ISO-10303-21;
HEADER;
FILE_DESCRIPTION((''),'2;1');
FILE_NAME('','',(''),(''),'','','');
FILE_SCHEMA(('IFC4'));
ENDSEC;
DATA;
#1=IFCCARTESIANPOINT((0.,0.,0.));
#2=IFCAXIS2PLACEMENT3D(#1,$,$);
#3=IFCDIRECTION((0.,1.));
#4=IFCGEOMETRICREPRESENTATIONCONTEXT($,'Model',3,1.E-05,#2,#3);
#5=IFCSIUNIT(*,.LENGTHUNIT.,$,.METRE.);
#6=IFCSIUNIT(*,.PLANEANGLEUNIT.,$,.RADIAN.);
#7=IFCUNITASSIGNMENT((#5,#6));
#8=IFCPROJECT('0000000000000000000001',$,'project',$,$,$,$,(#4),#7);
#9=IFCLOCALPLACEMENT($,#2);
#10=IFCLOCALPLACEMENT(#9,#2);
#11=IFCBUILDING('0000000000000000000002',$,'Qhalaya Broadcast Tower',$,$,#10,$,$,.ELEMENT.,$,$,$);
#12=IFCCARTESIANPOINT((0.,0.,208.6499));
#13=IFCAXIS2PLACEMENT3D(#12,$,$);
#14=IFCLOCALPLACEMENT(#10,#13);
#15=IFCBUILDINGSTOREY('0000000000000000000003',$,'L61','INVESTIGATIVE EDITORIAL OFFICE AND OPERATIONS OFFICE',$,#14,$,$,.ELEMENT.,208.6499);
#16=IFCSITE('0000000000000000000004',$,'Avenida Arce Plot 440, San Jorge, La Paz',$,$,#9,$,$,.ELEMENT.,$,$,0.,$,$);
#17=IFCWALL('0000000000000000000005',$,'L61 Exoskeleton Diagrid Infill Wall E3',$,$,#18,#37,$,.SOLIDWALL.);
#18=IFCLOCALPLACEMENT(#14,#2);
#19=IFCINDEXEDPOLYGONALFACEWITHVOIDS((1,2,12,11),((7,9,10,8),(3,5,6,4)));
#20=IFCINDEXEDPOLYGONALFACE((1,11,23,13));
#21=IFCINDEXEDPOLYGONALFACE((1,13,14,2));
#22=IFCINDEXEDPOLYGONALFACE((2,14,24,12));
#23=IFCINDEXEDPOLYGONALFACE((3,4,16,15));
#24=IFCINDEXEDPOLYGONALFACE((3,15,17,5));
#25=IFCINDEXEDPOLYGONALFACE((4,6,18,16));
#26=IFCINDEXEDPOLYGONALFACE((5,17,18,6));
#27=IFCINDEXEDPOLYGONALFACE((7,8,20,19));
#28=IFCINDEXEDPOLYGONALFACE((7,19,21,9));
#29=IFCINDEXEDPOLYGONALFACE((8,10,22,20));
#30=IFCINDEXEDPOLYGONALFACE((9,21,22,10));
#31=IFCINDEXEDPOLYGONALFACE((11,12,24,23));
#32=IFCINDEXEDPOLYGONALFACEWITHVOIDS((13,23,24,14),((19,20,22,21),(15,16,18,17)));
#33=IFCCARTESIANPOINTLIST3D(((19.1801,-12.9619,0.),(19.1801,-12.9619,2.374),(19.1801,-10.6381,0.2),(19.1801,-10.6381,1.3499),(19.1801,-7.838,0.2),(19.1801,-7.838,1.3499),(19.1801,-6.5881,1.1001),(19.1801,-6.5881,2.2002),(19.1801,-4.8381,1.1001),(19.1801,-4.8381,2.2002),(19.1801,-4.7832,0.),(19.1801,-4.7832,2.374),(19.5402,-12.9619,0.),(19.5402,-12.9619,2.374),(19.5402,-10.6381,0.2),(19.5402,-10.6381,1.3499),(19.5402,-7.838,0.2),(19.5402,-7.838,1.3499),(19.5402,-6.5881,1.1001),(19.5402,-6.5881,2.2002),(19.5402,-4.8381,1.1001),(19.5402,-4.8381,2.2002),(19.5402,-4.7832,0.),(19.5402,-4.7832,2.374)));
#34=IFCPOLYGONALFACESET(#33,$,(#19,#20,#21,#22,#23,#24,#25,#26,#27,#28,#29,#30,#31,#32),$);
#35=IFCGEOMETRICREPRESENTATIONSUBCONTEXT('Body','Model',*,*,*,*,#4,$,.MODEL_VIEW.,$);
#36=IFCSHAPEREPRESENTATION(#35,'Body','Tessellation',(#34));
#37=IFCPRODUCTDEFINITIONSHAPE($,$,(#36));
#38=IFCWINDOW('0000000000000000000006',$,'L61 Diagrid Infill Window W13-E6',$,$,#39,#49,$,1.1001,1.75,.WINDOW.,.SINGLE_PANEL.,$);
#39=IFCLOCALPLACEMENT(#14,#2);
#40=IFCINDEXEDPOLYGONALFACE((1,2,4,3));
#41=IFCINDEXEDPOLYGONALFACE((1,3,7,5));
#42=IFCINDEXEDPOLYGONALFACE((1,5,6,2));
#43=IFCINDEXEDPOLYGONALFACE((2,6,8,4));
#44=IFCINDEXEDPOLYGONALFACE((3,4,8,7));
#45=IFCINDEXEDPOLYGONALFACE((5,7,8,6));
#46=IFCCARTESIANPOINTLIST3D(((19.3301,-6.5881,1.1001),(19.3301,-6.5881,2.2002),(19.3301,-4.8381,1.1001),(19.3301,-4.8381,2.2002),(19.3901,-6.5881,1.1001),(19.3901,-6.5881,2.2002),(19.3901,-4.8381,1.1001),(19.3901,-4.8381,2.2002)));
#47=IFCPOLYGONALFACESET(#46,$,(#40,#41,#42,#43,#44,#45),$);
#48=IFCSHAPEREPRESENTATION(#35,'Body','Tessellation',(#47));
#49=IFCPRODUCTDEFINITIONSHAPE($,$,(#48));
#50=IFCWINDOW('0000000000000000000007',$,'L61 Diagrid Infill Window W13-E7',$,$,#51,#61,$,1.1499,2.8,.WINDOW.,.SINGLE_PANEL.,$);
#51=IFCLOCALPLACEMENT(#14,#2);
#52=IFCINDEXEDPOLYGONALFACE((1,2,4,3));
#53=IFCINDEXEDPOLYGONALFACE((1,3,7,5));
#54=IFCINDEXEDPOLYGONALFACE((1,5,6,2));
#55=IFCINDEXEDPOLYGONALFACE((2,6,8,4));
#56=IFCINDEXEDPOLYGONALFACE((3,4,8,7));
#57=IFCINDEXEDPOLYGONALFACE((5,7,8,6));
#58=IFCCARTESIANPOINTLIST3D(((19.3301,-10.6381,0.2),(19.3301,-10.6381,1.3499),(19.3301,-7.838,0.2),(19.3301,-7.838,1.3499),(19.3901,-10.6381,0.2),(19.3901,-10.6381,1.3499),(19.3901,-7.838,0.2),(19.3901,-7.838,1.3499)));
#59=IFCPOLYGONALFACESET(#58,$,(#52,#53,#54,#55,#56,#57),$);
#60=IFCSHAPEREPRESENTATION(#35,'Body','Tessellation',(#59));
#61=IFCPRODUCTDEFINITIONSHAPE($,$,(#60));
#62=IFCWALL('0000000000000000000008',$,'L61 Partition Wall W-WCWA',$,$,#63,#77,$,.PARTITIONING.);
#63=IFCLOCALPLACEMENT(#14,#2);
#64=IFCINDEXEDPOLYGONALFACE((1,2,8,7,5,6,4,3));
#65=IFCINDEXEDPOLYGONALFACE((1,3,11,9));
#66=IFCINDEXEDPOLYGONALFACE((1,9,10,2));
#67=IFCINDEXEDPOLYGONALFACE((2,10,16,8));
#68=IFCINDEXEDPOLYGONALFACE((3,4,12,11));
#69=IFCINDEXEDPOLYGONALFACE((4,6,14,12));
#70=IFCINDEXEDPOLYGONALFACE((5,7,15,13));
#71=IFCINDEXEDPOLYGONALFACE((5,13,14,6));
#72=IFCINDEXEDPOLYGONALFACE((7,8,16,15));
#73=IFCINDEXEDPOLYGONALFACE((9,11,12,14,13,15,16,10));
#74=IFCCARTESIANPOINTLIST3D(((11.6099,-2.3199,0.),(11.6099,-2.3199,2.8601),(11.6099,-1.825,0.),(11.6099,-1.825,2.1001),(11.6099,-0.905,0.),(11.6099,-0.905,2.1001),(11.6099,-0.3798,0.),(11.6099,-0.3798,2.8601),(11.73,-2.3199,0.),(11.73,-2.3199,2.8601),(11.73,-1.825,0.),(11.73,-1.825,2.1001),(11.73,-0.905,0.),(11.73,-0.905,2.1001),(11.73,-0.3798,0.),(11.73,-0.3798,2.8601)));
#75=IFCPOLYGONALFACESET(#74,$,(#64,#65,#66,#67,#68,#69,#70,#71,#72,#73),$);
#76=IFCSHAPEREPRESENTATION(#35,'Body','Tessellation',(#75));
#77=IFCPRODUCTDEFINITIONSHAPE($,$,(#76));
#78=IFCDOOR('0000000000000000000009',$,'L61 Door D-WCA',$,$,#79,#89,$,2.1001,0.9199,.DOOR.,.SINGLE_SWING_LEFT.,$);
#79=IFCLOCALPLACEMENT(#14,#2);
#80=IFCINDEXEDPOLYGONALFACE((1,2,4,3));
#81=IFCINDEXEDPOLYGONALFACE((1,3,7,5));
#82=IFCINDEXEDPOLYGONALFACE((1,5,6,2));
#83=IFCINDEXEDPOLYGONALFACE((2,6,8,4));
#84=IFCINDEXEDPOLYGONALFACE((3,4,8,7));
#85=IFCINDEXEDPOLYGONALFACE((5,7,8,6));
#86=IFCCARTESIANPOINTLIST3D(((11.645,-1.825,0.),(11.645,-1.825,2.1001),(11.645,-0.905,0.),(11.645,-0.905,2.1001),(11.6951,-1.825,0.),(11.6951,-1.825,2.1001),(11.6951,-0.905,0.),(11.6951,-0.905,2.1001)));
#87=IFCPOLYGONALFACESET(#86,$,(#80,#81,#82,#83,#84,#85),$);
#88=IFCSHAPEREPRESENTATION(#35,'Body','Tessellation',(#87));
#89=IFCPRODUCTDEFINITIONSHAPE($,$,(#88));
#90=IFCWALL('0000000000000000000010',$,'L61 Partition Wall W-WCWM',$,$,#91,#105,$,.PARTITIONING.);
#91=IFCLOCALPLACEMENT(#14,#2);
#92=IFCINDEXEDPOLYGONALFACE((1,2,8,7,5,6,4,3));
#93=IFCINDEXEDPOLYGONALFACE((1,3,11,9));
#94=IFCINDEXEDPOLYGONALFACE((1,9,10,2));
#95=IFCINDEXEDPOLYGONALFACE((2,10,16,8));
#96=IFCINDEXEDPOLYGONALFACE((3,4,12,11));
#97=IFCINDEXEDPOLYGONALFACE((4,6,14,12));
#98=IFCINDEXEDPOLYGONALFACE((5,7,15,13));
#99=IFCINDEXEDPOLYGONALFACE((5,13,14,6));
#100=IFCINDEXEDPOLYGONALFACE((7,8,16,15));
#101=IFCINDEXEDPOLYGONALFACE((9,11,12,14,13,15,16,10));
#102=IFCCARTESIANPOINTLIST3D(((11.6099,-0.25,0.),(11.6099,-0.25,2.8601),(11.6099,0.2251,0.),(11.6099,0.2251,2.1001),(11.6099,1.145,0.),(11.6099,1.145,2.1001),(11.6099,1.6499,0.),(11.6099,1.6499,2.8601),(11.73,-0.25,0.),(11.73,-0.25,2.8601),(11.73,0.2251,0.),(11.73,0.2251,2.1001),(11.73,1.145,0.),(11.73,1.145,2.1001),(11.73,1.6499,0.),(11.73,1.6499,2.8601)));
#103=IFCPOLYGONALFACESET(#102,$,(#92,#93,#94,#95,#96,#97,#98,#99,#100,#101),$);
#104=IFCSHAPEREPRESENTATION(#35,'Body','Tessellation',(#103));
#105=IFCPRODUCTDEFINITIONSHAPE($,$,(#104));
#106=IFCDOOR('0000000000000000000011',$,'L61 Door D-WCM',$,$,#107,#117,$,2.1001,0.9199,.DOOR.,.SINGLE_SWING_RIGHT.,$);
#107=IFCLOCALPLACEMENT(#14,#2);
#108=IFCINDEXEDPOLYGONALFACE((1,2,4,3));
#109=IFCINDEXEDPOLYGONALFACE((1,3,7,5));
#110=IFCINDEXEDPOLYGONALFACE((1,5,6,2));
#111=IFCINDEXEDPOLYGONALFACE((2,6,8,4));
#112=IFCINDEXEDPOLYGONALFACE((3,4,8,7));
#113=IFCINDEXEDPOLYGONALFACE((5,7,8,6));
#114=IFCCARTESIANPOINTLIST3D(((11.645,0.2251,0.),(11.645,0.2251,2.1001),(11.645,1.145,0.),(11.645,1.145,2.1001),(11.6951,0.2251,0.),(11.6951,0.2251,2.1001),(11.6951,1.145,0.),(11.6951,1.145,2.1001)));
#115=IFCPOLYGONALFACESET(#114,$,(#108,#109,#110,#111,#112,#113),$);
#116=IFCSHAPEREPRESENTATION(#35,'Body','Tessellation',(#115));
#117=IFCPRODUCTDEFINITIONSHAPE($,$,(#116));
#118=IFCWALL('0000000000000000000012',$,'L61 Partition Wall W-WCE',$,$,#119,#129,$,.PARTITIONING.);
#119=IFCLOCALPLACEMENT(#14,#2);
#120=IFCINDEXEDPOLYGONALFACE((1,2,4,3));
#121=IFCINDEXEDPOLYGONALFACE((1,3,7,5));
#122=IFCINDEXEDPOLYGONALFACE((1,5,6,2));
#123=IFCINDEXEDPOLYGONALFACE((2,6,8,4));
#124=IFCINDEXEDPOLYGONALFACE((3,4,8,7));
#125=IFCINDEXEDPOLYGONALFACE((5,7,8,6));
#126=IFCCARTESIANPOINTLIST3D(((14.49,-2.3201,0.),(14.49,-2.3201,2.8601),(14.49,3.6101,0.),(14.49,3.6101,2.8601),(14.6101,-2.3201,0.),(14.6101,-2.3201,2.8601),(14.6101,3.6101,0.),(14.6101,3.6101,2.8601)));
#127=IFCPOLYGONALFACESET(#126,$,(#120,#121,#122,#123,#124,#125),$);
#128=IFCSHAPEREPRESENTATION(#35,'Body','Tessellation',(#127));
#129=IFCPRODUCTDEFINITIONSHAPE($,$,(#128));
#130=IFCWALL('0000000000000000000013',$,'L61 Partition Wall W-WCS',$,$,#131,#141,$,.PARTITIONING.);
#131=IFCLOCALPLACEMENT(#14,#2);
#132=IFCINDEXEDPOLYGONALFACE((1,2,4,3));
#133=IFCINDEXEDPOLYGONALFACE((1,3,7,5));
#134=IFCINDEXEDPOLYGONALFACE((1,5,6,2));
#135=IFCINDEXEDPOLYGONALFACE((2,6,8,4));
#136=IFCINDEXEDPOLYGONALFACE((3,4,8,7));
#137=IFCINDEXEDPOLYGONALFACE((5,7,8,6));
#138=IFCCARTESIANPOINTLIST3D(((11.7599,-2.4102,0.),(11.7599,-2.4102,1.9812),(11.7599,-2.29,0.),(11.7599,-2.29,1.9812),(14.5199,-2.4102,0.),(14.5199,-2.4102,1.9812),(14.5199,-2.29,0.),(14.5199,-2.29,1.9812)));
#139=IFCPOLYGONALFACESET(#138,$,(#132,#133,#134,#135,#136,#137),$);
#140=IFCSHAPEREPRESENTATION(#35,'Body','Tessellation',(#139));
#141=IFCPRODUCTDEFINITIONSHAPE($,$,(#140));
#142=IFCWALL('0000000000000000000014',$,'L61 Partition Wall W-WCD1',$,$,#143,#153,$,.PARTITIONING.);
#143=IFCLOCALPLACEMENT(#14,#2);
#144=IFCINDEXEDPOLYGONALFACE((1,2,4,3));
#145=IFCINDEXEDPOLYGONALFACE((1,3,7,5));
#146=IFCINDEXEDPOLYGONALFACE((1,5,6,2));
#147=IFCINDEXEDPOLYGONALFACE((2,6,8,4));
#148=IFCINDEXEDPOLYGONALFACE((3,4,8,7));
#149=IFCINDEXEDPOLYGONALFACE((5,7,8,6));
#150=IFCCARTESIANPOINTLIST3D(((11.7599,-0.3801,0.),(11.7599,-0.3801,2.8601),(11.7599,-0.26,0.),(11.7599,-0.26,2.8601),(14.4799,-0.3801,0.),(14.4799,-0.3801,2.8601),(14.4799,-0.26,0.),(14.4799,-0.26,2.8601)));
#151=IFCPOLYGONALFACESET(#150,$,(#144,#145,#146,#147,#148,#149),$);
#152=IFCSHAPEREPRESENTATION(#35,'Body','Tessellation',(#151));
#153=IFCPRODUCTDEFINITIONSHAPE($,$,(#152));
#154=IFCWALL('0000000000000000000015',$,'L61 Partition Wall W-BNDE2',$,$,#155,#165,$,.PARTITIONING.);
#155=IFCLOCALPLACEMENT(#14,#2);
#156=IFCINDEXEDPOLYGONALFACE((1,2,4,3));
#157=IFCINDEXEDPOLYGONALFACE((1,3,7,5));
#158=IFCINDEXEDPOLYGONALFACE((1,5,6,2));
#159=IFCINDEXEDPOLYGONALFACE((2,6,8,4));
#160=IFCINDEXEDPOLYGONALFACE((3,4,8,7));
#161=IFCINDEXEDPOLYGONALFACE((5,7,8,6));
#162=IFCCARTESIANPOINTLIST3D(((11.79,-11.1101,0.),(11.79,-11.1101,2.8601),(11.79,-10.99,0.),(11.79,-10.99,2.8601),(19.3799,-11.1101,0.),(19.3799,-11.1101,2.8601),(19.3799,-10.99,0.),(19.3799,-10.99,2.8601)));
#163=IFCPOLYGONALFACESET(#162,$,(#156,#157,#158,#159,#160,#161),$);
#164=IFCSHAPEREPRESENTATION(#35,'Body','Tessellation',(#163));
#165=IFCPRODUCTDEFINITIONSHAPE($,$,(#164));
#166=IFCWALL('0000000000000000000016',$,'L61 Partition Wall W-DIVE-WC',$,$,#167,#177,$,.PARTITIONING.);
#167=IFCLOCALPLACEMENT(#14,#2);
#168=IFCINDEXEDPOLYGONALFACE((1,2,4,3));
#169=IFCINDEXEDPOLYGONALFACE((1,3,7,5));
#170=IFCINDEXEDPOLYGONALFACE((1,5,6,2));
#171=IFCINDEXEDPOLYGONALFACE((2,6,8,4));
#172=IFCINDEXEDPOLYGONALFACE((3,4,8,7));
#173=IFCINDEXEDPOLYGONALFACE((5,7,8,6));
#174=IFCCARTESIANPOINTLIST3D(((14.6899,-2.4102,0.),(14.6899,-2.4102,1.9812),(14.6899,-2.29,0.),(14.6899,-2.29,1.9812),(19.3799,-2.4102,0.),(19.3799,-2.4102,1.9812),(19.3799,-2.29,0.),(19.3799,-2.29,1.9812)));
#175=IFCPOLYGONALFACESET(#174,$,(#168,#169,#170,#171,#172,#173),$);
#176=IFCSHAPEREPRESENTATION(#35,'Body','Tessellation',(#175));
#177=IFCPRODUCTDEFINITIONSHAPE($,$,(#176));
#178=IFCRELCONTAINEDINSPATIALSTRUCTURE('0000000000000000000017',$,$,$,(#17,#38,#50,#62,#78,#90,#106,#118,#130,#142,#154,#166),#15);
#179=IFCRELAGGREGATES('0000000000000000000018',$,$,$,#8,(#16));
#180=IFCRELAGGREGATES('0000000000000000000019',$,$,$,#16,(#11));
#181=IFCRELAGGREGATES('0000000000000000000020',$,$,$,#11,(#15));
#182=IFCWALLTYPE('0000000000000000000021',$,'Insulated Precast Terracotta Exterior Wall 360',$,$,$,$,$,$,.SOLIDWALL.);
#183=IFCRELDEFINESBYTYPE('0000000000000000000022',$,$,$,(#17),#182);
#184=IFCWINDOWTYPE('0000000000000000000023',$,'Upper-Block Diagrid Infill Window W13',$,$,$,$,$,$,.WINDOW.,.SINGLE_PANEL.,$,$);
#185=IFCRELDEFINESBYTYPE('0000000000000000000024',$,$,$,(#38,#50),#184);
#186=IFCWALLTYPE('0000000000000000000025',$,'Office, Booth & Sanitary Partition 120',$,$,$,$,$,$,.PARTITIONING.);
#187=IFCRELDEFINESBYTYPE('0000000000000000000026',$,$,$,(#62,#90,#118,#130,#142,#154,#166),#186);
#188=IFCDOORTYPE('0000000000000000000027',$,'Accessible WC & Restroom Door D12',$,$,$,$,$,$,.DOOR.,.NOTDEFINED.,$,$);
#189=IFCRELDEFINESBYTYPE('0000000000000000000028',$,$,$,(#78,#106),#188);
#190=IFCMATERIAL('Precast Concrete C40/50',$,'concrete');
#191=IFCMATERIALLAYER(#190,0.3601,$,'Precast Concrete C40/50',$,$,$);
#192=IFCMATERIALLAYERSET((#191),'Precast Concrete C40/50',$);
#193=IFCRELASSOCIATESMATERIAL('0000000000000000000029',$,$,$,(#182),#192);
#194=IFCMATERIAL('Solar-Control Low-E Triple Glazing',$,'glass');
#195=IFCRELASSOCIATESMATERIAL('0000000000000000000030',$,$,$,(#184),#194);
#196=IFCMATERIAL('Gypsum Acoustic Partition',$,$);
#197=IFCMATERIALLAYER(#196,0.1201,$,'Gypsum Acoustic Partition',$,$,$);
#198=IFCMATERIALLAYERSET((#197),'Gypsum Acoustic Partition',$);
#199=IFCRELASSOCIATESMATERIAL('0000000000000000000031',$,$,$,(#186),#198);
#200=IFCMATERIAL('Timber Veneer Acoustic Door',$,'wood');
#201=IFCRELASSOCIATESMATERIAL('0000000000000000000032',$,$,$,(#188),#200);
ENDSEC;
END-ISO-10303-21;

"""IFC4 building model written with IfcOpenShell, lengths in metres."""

from ifc_helpers import new_model, si_unit, direction, frame, frame_2d, origin, place, context, subcontext, project, spatial, rectangle, extrude, material, layer, layer_set, type_object, element, fill, save


model = new_model("IFC4")

# Units and contexts
model_context = context("Model", 3, precision=1e-05, world=origin(), true_north=direction((0.0, 1.0)))
body_context = subcontext(model_context, "Body", "Model", "MODEL_VIEW")
ifc_project = project(units=[si_unit("LENGTHUNIT", "METRE"), si_unit("PLANEANGLEUNIT", "RADIAN")], contexts=[model_context])

# Site, building, storey
site_placement = place(None, origin())
site = spatial("IfcSite", under=ifc_project, at=site_placement, Name="Avenida Arce Plot 440, San Jorge, La Paz", CompositionType="ELEMENT", RefElevation=0.0)
building_placement = place(site_placement, origin())
building = spatial("IfcBuilding", under=site, at=building_placement, Name="Qhalaya Broadcast Tower", CompositionType="ELEMENT")
storey_placement = place(building_placement, frame((0.0, 0.0, 208.6499)))
storey = spatial("IfcBuildingStorey", under=building, at=storey_placement, Name="L61", Description="INVESTIGATIVE EDITORIAL OFFICE AND OPERATIONS OFFICE", CompositionType="ELEMENT", Elevation=208.6499)

# Shared definitions
ifc_material_1 = material(Name="Gypsum Acoustic Partition")
ifc_material_2 = material(Name="Timber Veneer Acoustic Door", Category="wood")

# Wall, openings, windows
ifc_material_3 = material(Name="Precast Concrete C40/50", Category="concrete")
ifc_layer_1 = layer(ifc_material_3, 0.3601, Name="Precast Concrete C40/50")
ifc_layer_set_1 = layer_set([ifc_layer_1], Name="Precast Concrete C40/50")
wall_type_1 = type_object("IfcWallType", Name="Insulated Precast Terracotta Exterior Wall 360", PredefinedType="SOLIDWALL", material=ifc_layer_set_1)
ifc_material_4 = material(Name="Solar-Control Low-E Triple Glazing", Category="glass")
window_type = type_object("IfcWindowType", Name="Upper-Block Diagrid Infill Window W13", PartitioningType="SINGLE_PANEL", PredefinedType="WINDOW", material=ifc_material_4)
wall_1_placement = place(storey_placement, frame((19.3601, -4.7832, 0.0), z_axis=(0.0, 0.0, 1.0), x_axis=(0.0, -1.0, 0.0)))
wall_1 = element("IfcWall", 1, at=wall_1_placement, inside=storey, type_object=wall_type_1, Name="L61 Exoskeleton Diagrid Infill Wall E3", PredefinedType="SOLIDWALL", context=body_context, shape_type="SweptSolid", body=[
    extrude(rectangle(XDim=8.1787, YDim=0.3601, at=frame_2d((4.0894, 0.0))), origin(), (0.0, 0.0, 1.0), 2.374),
])
opening_1_placement = place(wall_1_placement, frame((0.0549, 0.0, 1.1001)))
opening_1 = element("IfcOpeningElement", 2, at=opening_1_placement, cuts=wall_1, PredefinedType="OPENING", context=body_context, shape_type="SweptSolid", body=[
    extrude(rectangle(XDim=1.75, YDim=1.1001, at=frame_2d((0.875, 0.55))), frame((0.0, 0.1921, 0.0), z_axis=(0.0, -1.0, 0.0), x_axis=(1.0, 0.0, 0.0)), (0.0, 0.0, 1.0), 0.384),
])
opening_2_placement = place(wall_1_placement, frame((3.0549, 0.0, 0.2)))
opening_2 = element("IfcOpeningElement", 3, at=opening_2_placement, cuts=wall_1, PredefinedType="OPENING", context=body_context, shape_type="SweptSolid", body=[
    extrude(rectangle(XDim=2.8, YDim=1.1499, at=frame_2d((1.3999, 0.575))), frame((0.0, 0.1921, 0.0), z_axis=(0.0, -1.0, 0.0), x_axis=(1.0, 0.0, 0.0)), (0.0, 0.0, 1.0), 0.384),
])
window_1_placement = place(opening_1_placement, origin())
window_1 = element("IfcWindow", 4, at=window_1_placement, inside=storey, type_object=window_type, Name="L61 Diagrid Infill Window W13-E6", OverallHeight=1.1001, OverallWidth=1.75, PartitioningType="SINGLE_PANEL", PredefinedType="WINDOW", context=body_context, shape_type="SweptSolid", body=[
    extrude(rectangle(XDim=1.75, YDim=1.1001, at=frame_2d((0.875, 0.55))), frame((0.0, 0.03, 0.0), z_axis=(0.0, -1.0, 0.0), x_axis=(1.0, 0.0, 0.0)), (0.0, 0.0, 1.0), 0.0601),
])
fill(opening_1, window_1)
window_2_placement = place(opening_2_placement, origin())
window_2 = element("IfcWindow", 5, at=window_2_placement, inside=storey, type_object=window_type, Name="L61 Diagrid Infill Window W13-E7", OverallHeight=1.1499, OverallWidth=2.8, PartitioningType="SINGLE_PANEL", PredefinedType="WINDOW", context=body_context, shape_type="SweptSolid", body=[
    extrude(rectangle(XDim=2.8, YDim=1.1499, at=frame_2d((1.3999, 0.575))), frame((0.0, 0.03, 0.0), z_axis=(0.0, -1.0, 0.0), x_axis=(1.0, 0.0, 0.0)), (0.0, 0.0, 1.0), 0.0601),
])
fill(opening_2, window_2)

# Walls, openings, doors
ifc_layer_2 = layer(ifc_material_1, 0.1201, Name="Gypsum Acoustic Partition")
ifc_layer_set_2 = layer_set([ifc_layer_2], Name="Gypsum Acoustic Partition")
wall_type_2 = type_object("IfcWallType", Name="Office, Booth & Sanitary Partition 120", PredefinedType="PARTITIONING", material=ifc_layer_set_2)
wall_2_placement = place(storey_placement, frame((11.6699, -2.3201, 0.0), z_axis=(0.0, 0.0, 1.0), x_axis=(0.0, 1.0, 0.0)))
wall_2 = element("IfcWall", 6, at=wall_2_placement, inside=storey, type_object=wall_type_2, Name="L61 Partition Wall W-WCWA", PredefinedType="PARTITIONING", context=body_context, shape_type="SweptSolid", body=[
    extrude(rectangle(XDim=1.9402, YDim=0.1201, at=frame_2d((0.9702, 0.0))), origin(), (0.0, 0.0, 1.0), 2.8601),
])
opening_3_placement = place(wall_2_placement, frame((0.4951, 0.0, 0.0)))
opening_3 = element("IfcOpeningElement", 7, at=opening_3_placement, cuts=wall_2, PredefinedType="OPENING", context=body_context, shape_type="SweptSolid", body=[
    extrude(rectangle(XDim=0.9199, YDim=2.1001, at=frame_2d((0.46, 1.05))), frame((0.0, 0.072, 0.0), z_axis=(0.0, -1.0, 0.0), x_axis=(1.0, 0.0, 0.0)), (0.0, 0.0, 1.0), 0.144),
])
door_type_1 = type_object("IfcDoorType", Name="Accessible WC & Restroom Door D12", OperationType="NOTDEFINED", PredefinedType="DOOR", material=ifc_material_2)
door_1_placement = place(opening_3_placement, origin())
door_1 = element("IfcDoor", 8, at=door_1_placement, inside=storey, type_object=door_type_1, Name="L61 Door D-WCA", OperationType="SINGLE_SWING_LEFT", OverallHeight=2.1001, OverallWidth=0.9199, PredefinedType="DOOR", context=body_context, shape_type="SweptSolid", body=[
    extrude(rectangle(XDim=0.9199, YDim=2.1001, at=frame_2d((0.46, 1.05))), frame((0.0, 0.0249, 0.0), z_axis=(0.0, -1.0, 0.0), x_axis=(1.0, 0.0, 0.0)), (0.0, 0.0, 1.0), 0.05),
])
fill(opening_3, door_1)
wall_3_placement = place(storey_placement, frame((11.6699, -0.25, 0.0), z_axis=(0.0, 0.0, 1.0), x_axis=(0.0, 1.0, 0.0)))
wall_3 = element("IfcWall", 9, at=wall_3_placement, inside=storey, type_object=wall_type_2, Name="L61 Partition Wall W-WCWM", PredefinedType="PARTITIONING", context=body_context, shape_type="SweptSolid", body=[
    extrude(rectangle(XDim=1.8999, YDim=0.1201, at=frame_2d((0.95, 0.0))), origin(), (0.0, 0.0, 1.0), 2.8601),
])
opening_4_placement = place(wall_3_placement, frame((0.4751, 0.0, 0.0)))
opening_4 = element("IfcOpeningElement", 10, at=opening_4_placement, cuts=wall_3, PredefinedType="OPENING", context=body_context, shape_type="SweptSolid", body=[
    extrude(rectangle(XDim=0.9199, YDim=2.1001, at=frame_2d((0.46, 1.05))), frame((0.0, 0.072, 0.0), z_axis=(0.0, -1.0, 0.0), x_axis=(1.0, 0.0, 0.0)), (0.0, 0.0, 1.0), 0.144),
])
door_2_placement = place(opening_4_placement, origin())
door_2 = element("IfcDoor", 11, at=door_2_placement, inside=storey, type_object=door_type_1, Name="L61 Door D-WCM", OperationType="SINGLE_SWING_RIGHT", OverallHeight=2.1001, OverallWidth=0.9199, PredefinedType="DOOR", context=body_context, shape_type="SweptSolid", body=[
    extrude(rectangle(XDim=0.9199, YDim=2.1001, at=frame_2d((0.46, 1.05))), frame((0.0, 0.0249, 0.0), z_axis=(0.0, -1.0, 0.0), x_axis=(1.0, 0.0, 0.0)), (0.0, 0.0, 1.0), 0.05),
])
fill(opening_4, door_2)

# Walls
wall_4_placement = place(storey_placement, frame((14.55, -2.3201, 0.0), z_axis=(0.0, 0.0, 1.0), x_axis=(0.0, 1.0, 0.0)))
element("IfcWall", 12, at=wall_4_placement, inside=storey, type_object=wall_type_2, Name="L61 Partition Wall W-WCE", PredefinedType="PARTITIONING", context=body_context, shape_type="SweptSolid", body=[
    extrude(rectangle(XDim=5.9302, YDim=0.1201, at=frame_2d((2.9651, 0.0))), origin(), (0.0, 0.0, 1.0), 2.8601),
])
wall_5_placement = place(storey_placement, frame((11.76, -2.3501, 0.0), z_axis=(0.0, 0.0, 1.0), x_axis=(1.0, 0.0, 0.0)))
element("IfcWall", 13, at=wall_5_placement, inside=storey, type_object=wall_type_2, Name="L61 Partition Wall W-WCS", PredefinedType="PARTITIONING", context=body_context, shape_type="SweptSolid", body=[
    extrude(rectangle(XDim=2.76, YDim=0.1201, at=frame_2d((1.3799, 0.0))), origin(), (0.0, 0.0, 1.0), 1.9812),
])
wall_6_placement = place(storey_placement, frame((11.76, -0.3201, 0.0), z_axis=(0.0, 0.0, 1.0), x_axis=(1.0, 0.0, 0.0)))
element("IfcWall", 14, at=wall_6_placement, inside=storey, type_object=wall_type_2, Name="L61 Partition Wall W-WCD1", PredefinedType="PARTITIONING", context=body_context, shape_type="SweptSolid", body=[
    extrude(rectangle(XDim=2.72, YDim=0.1201, at=frame_2d((1.3599, 0.0))), origin(), (0.0, 0.0, 1.0), 2.8601),
])
wall_7_placement = place(storey_placement, frame((11.79, -11.05, 0.0), z_axis=(0.0, 0.0, 1.0), x_axis=(1.0, 0.0, 0.0)))
element("IfcWall", 15, at=wall_7_placement, inside=storey, type_object=wall_type_2, Name="L61 Partition Wall W-BNDE2", PredefinedType="PARTITIONING", context=body_context, shape_type="SweptSolid", body=[
    extrude(rectangle(XDim=7.5898, YDim=0.1201, at=frame_2d((3.7949, 0.0))), origin(), (0.0, 0.0, 1.0), 2.8601),
])
wall_8_placement = place(storey_placement, frame((14.6899, -2.3501, 0.0), z_axis=(0.0, 0.0, 1.0), x_axis=(1.0, 0.0, 0.0)))
element("IfcWall", 16, at=wall_8_placement, inside=storey, type_object=wall_type_2, Name="L61 Partition Wall W-DIVE-WC", PredefinedType="PARTITIONING", context=body_context, shape_type="SweptSolid", body=[
    extrude(rectangle(XDim=4.6899, YDim=0.1201, at=frame_2d((2.345, 0.0))), origin(), (0.0, 0.0, 1.0), 1.9812),
])

save(model, "model.ifc")
